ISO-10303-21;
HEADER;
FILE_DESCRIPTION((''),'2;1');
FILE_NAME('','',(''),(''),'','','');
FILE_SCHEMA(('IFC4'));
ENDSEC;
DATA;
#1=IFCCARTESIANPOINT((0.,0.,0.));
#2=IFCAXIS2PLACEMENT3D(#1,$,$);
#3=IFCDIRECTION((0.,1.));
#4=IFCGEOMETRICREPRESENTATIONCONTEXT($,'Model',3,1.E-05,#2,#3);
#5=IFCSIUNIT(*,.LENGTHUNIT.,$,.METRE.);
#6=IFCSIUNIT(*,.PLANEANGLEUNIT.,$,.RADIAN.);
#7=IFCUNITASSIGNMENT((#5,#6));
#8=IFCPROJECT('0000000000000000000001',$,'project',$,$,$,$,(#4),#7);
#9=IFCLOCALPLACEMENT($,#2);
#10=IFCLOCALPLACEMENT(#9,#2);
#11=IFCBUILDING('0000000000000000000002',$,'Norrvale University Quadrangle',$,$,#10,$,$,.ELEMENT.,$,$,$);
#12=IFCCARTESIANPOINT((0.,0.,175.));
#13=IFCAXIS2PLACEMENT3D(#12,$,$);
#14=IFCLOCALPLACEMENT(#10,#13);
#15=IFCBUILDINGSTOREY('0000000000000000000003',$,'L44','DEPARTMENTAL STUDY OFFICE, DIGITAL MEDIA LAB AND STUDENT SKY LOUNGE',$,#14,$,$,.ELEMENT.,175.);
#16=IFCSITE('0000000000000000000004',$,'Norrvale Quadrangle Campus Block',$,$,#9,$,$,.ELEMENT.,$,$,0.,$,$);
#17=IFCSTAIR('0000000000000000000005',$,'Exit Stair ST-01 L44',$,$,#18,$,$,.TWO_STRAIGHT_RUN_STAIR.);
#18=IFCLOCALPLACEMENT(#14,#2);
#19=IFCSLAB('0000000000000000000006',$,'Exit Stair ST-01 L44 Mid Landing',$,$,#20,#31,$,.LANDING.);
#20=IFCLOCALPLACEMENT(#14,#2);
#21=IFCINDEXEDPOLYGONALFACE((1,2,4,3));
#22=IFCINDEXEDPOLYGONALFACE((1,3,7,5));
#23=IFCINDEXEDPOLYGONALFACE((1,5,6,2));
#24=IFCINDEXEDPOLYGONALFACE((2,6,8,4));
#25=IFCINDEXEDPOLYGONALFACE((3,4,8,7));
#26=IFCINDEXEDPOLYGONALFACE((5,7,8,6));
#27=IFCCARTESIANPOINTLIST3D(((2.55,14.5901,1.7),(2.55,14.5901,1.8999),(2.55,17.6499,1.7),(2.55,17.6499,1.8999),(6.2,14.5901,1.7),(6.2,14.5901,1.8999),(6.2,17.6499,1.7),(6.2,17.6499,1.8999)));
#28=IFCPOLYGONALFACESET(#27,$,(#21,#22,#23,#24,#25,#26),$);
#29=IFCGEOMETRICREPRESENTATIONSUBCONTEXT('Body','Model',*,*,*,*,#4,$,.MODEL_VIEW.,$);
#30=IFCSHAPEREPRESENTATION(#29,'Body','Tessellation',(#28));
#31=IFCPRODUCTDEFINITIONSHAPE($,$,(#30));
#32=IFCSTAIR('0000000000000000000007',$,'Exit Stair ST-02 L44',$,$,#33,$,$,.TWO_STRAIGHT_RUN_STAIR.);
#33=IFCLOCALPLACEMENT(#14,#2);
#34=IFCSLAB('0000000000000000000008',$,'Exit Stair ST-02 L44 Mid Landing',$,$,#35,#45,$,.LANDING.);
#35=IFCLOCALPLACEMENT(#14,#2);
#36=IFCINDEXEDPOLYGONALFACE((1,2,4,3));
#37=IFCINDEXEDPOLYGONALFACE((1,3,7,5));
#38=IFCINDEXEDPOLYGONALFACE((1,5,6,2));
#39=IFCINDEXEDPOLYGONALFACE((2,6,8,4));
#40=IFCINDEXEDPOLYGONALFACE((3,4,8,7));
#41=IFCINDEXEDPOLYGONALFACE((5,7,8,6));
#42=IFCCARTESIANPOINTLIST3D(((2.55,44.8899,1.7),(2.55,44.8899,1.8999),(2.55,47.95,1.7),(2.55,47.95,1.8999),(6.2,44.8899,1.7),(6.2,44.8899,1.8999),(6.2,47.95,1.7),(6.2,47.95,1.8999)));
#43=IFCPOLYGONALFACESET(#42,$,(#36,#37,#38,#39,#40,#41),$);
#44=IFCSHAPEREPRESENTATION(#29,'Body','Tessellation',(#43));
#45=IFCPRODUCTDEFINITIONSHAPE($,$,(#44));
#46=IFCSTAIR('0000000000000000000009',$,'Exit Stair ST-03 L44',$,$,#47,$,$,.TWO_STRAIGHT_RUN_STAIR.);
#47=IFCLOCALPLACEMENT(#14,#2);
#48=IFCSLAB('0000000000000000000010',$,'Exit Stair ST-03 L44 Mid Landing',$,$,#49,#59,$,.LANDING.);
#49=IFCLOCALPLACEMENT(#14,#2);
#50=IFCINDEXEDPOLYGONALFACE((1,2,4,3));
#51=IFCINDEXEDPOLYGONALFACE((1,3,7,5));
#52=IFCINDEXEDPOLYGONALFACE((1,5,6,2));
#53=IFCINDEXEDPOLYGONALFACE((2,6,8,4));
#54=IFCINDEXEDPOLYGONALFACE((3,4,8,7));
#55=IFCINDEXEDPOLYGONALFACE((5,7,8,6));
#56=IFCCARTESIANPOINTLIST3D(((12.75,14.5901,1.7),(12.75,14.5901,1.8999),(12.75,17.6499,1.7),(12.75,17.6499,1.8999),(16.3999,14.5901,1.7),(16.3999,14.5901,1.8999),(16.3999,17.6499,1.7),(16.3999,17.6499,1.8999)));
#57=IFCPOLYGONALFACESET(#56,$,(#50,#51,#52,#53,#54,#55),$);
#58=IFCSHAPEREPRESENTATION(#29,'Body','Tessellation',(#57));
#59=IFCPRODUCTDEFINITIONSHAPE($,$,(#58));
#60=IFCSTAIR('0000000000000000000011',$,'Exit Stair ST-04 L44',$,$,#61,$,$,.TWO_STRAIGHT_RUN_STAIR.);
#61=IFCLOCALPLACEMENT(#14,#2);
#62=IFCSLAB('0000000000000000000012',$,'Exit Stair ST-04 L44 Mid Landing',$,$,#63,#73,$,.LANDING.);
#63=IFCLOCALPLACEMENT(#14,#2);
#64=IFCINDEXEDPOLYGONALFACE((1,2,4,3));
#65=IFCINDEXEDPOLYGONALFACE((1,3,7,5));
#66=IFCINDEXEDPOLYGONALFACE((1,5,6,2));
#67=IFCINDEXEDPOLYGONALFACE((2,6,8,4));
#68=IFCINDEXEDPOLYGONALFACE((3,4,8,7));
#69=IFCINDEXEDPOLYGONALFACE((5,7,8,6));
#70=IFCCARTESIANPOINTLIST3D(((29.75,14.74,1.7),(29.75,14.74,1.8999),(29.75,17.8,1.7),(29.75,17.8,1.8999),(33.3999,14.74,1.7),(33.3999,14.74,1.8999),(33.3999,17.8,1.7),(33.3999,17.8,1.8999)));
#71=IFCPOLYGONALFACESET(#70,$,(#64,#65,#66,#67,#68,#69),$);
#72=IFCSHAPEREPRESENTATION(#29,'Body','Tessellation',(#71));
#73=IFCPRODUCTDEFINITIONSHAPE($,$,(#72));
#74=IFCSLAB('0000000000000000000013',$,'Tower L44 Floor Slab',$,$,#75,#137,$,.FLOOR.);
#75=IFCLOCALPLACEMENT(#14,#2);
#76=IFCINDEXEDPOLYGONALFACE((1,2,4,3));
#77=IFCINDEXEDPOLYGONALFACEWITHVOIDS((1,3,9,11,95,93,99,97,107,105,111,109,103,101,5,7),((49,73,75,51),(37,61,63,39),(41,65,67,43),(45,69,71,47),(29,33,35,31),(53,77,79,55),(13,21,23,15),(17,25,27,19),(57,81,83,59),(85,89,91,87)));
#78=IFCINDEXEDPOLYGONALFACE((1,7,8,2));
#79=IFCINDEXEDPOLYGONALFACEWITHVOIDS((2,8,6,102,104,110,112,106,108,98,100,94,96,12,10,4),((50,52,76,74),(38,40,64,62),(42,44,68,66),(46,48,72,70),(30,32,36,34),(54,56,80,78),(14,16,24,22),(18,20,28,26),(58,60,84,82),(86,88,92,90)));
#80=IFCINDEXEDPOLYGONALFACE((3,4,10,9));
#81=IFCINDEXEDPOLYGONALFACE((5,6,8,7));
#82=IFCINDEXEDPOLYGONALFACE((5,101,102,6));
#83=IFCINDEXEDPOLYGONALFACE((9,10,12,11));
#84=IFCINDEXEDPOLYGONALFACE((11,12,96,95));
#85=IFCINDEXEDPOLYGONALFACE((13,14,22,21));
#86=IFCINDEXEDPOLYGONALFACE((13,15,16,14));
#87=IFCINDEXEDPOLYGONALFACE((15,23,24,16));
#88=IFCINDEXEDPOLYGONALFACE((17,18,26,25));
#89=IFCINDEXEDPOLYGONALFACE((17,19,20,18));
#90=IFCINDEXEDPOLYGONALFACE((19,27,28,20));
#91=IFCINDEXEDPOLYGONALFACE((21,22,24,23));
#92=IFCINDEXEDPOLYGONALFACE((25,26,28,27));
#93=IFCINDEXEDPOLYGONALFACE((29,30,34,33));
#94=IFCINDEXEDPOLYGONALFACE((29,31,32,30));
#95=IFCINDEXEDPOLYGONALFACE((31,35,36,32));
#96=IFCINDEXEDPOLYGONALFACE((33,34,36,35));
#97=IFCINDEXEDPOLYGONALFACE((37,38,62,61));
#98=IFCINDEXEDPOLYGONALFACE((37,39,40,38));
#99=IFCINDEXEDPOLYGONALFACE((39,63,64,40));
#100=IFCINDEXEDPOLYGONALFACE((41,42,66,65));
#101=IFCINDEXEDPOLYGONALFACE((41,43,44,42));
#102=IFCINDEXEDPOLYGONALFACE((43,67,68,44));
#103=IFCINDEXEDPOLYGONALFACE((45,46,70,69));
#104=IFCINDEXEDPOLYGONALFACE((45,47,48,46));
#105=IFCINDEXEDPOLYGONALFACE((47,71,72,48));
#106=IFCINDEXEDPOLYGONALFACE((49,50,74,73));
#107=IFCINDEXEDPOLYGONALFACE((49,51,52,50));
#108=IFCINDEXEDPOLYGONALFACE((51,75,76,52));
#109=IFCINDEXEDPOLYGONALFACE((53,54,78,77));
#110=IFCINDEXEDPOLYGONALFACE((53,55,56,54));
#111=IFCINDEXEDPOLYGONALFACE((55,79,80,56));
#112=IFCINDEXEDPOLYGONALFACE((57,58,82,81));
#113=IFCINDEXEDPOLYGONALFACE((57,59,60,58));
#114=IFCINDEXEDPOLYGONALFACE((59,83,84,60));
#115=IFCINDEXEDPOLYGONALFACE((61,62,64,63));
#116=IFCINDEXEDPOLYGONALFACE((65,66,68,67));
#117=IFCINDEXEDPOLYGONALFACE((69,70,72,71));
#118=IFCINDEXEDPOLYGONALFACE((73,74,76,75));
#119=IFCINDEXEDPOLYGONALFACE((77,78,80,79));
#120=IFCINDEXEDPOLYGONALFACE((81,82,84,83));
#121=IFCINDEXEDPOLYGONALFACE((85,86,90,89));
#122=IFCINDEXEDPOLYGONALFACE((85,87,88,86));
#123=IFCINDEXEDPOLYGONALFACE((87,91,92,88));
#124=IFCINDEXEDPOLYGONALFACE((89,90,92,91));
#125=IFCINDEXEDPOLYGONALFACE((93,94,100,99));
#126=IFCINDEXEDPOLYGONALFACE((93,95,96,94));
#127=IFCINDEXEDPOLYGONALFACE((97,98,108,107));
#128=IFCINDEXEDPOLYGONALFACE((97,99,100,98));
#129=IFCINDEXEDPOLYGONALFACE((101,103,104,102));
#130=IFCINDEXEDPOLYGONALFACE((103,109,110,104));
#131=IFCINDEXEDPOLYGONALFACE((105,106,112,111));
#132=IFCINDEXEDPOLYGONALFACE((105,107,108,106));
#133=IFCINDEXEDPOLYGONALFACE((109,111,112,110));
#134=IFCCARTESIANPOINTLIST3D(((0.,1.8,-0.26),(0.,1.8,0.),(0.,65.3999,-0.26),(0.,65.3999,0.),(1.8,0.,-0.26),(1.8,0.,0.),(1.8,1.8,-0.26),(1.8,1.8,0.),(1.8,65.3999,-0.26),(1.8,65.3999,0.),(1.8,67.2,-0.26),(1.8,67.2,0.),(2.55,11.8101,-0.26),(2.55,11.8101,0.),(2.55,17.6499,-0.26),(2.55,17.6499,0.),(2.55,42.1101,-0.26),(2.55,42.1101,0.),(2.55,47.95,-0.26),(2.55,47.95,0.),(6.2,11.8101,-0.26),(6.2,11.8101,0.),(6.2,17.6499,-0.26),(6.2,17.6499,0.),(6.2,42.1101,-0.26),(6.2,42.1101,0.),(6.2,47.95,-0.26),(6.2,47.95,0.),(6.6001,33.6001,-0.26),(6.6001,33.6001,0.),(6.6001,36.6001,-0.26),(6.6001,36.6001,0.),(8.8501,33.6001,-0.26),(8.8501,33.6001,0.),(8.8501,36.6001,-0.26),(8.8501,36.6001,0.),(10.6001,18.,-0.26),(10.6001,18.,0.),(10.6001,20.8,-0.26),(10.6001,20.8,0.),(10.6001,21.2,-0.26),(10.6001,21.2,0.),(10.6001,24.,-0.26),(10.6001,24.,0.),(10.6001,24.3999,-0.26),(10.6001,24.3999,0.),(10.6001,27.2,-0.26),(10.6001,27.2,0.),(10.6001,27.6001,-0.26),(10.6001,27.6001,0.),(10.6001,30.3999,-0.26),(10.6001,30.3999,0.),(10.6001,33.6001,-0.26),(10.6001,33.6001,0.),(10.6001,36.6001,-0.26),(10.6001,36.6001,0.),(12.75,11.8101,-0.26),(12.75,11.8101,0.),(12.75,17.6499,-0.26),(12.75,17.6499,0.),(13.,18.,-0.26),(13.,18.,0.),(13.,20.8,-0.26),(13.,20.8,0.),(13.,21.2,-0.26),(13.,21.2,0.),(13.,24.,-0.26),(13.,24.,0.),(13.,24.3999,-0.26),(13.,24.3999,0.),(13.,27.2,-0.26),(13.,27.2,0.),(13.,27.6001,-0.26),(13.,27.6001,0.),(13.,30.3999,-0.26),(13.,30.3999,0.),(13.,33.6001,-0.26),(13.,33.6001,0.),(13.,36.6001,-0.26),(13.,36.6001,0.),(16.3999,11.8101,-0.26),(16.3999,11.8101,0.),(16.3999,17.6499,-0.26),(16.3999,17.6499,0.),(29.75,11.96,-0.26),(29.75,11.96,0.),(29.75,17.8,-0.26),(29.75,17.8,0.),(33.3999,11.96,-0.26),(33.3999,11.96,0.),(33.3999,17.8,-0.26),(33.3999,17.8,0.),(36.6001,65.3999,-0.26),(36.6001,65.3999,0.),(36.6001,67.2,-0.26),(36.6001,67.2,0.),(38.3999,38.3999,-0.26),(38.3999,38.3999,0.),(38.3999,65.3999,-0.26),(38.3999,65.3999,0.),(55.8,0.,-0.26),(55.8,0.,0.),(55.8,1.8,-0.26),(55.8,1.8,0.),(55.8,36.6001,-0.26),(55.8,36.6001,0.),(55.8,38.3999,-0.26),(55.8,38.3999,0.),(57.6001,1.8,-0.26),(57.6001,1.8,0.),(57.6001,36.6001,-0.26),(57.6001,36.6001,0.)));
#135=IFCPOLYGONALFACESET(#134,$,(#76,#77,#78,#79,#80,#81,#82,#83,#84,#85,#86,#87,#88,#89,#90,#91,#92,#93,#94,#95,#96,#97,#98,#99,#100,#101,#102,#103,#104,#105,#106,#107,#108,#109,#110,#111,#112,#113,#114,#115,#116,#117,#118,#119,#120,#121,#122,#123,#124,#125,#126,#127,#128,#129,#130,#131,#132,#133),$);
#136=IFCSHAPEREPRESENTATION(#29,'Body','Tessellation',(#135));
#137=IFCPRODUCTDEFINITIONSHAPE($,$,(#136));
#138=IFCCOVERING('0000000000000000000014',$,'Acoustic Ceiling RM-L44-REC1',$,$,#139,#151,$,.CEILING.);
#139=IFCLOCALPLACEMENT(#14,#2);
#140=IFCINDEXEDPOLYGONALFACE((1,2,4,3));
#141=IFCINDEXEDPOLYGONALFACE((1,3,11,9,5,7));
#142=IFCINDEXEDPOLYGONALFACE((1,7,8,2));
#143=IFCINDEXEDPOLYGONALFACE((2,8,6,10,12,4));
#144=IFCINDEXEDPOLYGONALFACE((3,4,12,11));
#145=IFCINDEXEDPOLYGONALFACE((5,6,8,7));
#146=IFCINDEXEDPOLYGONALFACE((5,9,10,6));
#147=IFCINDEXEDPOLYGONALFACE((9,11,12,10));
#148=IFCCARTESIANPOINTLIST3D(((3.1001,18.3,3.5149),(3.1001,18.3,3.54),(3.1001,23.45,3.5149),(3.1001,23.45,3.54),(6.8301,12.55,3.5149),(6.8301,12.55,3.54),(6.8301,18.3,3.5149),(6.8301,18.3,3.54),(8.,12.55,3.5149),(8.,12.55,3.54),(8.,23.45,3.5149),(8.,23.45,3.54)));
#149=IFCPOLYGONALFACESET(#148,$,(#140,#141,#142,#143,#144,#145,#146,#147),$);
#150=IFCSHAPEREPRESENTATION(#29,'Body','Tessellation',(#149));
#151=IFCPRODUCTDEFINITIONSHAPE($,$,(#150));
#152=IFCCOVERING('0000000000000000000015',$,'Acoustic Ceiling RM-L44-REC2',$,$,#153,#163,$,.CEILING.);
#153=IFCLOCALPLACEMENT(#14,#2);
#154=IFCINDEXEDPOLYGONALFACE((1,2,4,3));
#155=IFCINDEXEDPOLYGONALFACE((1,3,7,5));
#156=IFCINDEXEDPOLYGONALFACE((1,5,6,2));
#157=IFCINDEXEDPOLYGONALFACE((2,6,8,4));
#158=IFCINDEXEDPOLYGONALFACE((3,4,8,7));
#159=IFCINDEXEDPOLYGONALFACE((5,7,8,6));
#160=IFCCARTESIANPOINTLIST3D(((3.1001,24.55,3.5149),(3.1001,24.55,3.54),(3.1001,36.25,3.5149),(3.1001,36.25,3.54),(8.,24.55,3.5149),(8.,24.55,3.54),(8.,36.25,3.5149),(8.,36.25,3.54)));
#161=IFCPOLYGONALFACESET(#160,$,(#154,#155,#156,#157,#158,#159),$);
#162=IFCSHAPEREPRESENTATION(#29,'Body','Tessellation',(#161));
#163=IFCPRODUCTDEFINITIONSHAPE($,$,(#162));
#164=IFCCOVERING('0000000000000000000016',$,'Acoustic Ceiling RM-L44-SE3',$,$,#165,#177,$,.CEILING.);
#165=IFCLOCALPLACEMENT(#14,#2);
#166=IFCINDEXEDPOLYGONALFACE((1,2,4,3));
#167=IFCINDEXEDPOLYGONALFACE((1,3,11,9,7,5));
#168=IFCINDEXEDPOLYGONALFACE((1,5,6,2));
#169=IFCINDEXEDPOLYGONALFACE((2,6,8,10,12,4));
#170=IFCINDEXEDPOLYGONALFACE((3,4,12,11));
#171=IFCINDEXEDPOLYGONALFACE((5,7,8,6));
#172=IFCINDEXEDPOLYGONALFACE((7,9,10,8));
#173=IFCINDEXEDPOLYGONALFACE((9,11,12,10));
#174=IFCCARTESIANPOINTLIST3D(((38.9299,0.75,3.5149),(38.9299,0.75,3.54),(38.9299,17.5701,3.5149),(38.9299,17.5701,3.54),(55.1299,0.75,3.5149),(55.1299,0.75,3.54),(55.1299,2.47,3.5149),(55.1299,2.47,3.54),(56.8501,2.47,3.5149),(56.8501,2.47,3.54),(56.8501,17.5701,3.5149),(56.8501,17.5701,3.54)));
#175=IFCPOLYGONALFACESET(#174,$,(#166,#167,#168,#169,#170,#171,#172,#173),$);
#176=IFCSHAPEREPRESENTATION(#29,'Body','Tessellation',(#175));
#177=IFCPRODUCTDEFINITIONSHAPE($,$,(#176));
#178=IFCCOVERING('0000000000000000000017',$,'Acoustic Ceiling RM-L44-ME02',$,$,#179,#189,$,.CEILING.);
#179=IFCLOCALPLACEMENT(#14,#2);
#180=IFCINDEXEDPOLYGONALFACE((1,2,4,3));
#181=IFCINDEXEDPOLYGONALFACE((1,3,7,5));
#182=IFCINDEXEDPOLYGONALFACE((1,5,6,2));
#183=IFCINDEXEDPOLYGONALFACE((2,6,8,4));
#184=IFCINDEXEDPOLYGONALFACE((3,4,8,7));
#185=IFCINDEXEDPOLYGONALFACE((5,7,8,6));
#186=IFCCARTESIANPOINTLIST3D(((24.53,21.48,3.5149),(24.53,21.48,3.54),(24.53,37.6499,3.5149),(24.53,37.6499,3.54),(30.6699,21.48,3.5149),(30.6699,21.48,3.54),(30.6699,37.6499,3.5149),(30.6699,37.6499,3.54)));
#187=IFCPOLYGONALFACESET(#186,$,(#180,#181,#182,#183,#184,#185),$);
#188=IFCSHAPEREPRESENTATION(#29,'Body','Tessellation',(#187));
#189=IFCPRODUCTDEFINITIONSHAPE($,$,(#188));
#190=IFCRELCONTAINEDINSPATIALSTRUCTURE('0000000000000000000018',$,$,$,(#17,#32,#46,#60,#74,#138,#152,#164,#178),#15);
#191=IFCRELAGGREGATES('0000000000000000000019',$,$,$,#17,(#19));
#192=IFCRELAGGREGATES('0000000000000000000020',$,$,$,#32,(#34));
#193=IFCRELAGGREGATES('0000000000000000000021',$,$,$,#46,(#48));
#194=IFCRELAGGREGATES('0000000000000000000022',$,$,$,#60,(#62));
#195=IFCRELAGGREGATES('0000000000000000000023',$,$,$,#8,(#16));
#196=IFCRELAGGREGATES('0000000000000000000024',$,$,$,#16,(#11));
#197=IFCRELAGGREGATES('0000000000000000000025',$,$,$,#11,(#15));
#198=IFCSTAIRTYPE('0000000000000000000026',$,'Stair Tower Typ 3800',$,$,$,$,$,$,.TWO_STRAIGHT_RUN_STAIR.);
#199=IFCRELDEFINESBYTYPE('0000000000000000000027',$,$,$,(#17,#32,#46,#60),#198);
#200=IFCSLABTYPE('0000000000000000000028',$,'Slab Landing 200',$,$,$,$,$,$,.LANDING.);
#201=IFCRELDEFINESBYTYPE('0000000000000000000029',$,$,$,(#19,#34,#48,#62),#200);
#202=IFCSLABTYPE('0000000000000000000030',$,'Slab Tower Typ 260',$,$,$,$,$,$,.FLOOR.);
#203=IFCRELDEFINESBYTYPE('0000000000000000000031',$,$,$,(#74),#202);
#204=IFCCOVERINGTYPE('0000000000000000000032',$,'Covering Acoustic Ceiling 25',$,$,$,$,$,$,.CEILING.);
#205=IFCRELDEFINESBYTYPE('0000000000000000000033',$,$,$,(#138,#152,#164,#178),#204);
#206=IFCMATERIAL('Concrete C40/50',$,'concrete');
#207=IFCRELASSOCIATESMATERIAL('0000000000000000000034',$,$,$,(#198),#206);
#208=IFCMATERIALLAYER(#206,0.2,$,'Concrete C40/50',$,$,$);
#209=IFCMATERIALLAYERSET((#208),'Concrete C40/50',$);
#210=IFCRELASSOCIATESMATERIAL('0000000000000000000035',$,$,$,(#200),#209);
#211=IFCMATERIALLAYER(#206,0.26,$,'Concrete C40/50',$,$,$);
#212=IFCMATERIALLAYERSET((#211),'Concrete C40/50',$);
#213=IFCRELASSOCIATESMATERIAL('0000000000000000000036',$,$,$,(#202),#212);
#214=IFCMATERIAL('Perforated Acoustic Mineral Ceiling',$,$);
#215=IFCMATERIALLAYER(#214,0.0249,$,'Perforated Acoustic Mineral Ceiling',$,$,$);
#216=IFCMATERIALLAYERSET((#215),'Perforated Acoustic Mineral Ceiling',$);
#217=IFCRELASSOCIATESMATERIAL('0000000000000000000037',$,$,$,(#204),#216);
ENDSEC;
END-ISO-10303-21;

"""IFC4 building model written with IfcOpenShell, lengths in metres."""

from ifc_helpers import new_model, si_unit, direction, frame, origin, place, context, subcontext, project, spatial, polyline, outline, extrude, material, layer, layer_set, type_object, element, aggregate, save


model = new_model("IFC4")

# Units and contexts
model_context = context("Model", 3, precision=1e-05, world=origin(), true_north=direction((0.0, 1.0)))
body_context = subcontext(model_context, "Body", "Model", "MODEL_VIEW")
ifc_project = project(units=[si_unit("LENGTHUNIT", "METRE"), si_unit("PLANEANGLEUNIT", "RADIAN")], contexts=[model_context])

# Site, building, storey
site_placement = place(None, origin())
site = spatial("IfcSite", under=ifc_project, at=site_placement, Name="Norrvale Quadrangle Campus Block", CompositionType="ELEMENT", RefElevation=0.0)
building_placement = place(site_placement, origin())
building = spatial("IfcBuilding", under=site, at=building_placement, Name="Norrvale University Quadrangle", CompositionType="ELEMENT")
storey_placement = place(building_placement, frame((0.0, 0.0, 175.0)))
storey = spatial("IfcBuildingStorey", under=building, at=storey_placement, Name="L44", Description="DEPARTMENTAL STUDY OFFICE, DIGITAL MEDIA LAB AND STUDENT SKY LOUNGE", CompositionType="ELEMENT", Elevation=175.0)

# Stairs, slabs
ifc_material_1 = material(Name="Concrete C40/50", Category="concrete")
stair_type = type_object("IfcStairType", Name="Stair Tower Typ 3800", PredefinedType="TWO_STRAIGHT_RUN_STAIR", material=ifc_material_1)
stair_1_placement = place(storey_placement, origin())
stair_1 = element("IfcStair", 1, at=stair_1_placement, inside=storey, type_object=stair_type, Name="Exit Stair ST-01 L44", PredefinedType="TWO_STRAIGHT_RUN_STAIR")
ifc_layer_1 = layer(ifc_material_1, 0.2, Name="Concrete C40/50")
ifc_layer_set_1 = layer_set([ifc_layer_1], Name="Concrete C40/50")
slab_type_1 = type_object("IfcSlabType", Name="Slab Landing 200", PredefinedType="LANDING", material=ifc_layer_set_1)
slab_1_placement = place(storey_placement, frame((0.0, 0.0, 1.7)))
slab_1 = element("IfcSlab", 2, at=slab_1_placement, type_object=slab_type_1, Name="Exit Stair ST-01 L44 Mid Landing", PredefinedType="LANDING", context=body_context, shape_type="SweptSolid", body=[
    extrude(outline(polyline([(2.55, 14.5901), (6.2, 14.5901), (6.2, 17.6499), (2.55, 17.6499), (2.55, 14.5901)])), origin(), (0.0, 0.0, 1.0), 0.2),
])
aggregate(stair_1, [slab_1])
stair_2_placement = place(storey_placement, origin())
stair_2 = element("IfcStair", 3, at=stair_2_placement, inside=storey, type_object=stair_type, Name="Exit Stair ST-02 L44", PredefinedType="TWO_STRAIGHT_RUN_STAIR")
slab_2_placement = place(storey_placement, frame((0.0, 0.0, 1.7)))
slab_2 = element("IfcSlab", 4, at=slab_2_placement, type_object=slab_type_1, Name="Exit Stair ST-02 L44 Mid Landing", PredefinedType="LANDING", context=body_context, shape_type="SweptSolid", body=[
    extrude(outline(polyline([(2.55, 44.8899), (6.2, 44.8899), (6.2, 47.95), (2.55, 47.95), (2.55, 44.8899)])), origin(), (0.0, 0.0, 1.0), 0.2),
])
aggregate(stair_2, [slab_2])
stair_3_placement = place(storey_placement, origin())
stair_3 = element("IfcStair", 5, at=stair_3_placement, inside=storey, type_object=stair_type, Name="Exit Stair ST-03 L44", PredefinedType="TWO_STRAIGHT_RUN_STAIR")
slab_3_placement = place(storey_placement, frame((0.0, 0.0, 1.7)))
slab_3 = element("IfcSlab", 6, at=slab_3_placement, type_object=slab_type_1, Name="Exit Stair ST-03 L44 Mid Landing", PredefinedType="LANDING", context=body_context, shape_type="SweptSolid", body=[
    extrude(outline(polyline([(12.75, 14.5901), (16.3999, 14.5901), (16.3999, 17.6499), (12.75, 17.6499), (12.75, 14.5901)])), origin(), (0.0, 0.0, 1.0), 0.2),
])
aggregate(stair_3, [slab_3])
stair_4_placement = place(storey_placement, origin())
stair_4 = element("IfcStair", 7, at=stair_4_placement, inside=storey, type_object=stair_type, Name="Exit Stair ST-04 L44", PredefinedType="TWO_STRAIGHT_RUN_STAIR")
slab_4_placement = place(storey_placement, frame((0.0, 0.0, 1.7)))
slab_4 = element("IfcSlab", 8, at=slab_4_placement, type_object=slab_type_1, Name="Exit Stair ST-04 L44 Mid Landing", PredefinedType="LANDING", context=body_context, shape_type="SweptSolid", body=[
    extrude(outline(polyline([(29.75, 14.74), (33.3999, 14.74), (33.3999, 17.8), (29.75, 17.8), (29.75, 14.74)])), origin(), (0.0, 0.0, 1.0), 0.2),
])
aggregate(stair_4, [slab_4])

# Slab
ifc_layer_2 = layer(ifc_material_1, 0.26, Name="Concrete C40/50")
ifc_layer_set_2 = layer_set([ifc_layer_2], Name="Concrete C40/50")
slab_type_2 = type_object("IfcSlabType", Name="Slab Tower Typ 260", PredefinedType="FLOOR", material=ifc_layer_set_2)
slab_5_placement = place(storey_placement, frame((0.0, 0.0, -0.26)))
element("IfcSlab", 9, at=slab_5_placement, inside=storey, type_object=slab_type_2, Name="Tower L44 Floor Slab", PredefinedType="FLOOR", context=body_context, shape_type="SweptSolid", body=[
    extrude(outline(polyline([(1.8, 0.0), (55.8, 0.0), (55.8, 1.8), (57.6001, 1.8), (57.6001, 36.6001), (55.8, 36.6001), (55.8, 38.3999), (38.3999, 38.3999), (38.3999, 65.3999), (36.6001, 65.3999), (36.6001, 67.2), (1.8, 67.2), (1.8, 65.3999), (0.0, 65.3999), (0.0, 1.8), (1.8, 1.8), (1.8, 0.0)]), holes=[polyline([(2.55, 11.8101), (6.2, 11.8101), (6.2, 17.6499), (2.55, 17.6499), (2.55, 11.8101)]), polyline([(2.55, 42.1101), (6.2, 42.1101), (6.2, 47.95), (2.55, 47.95), (2.55, 42.1101)]), polyline([(12.75, 11.8101), (16.3999, 11.8101), (16.3999, 17.6499), (12.75, 17.6499), (12.75, 11.8101)]), polyline([(29.75, 11.96), (33.3999, 11.96), (33.3999, 17.8), (29.75, 17.8), (29.75, 11.96)]), polyline([(10.6001, 18.0), (13.0, 18.0), (13.0, 20.8), (10.6001, 20.8), (10.6001, 18.0)]), polyline([(10.6001, 21.2), (13.0, 21.2), (13.0, 24.0), (10.6001, 24.0), (10.6001, 21.2)]), polyline([(10.6001, 24.3999), (13.0, 24.3999), (13.0, 27.2), (10.6001, 27.2), (10.6001, 24.3999)]), polyline([(10.6001, 27.6001), (13.0, 27.6001), (13.0, 30.3999), (10.6001, 30.3999), (10.6001, 27.6001)]), polyline([(6.6001, 33.6001), (8.8501, 33.6001), (8.8501, 36.6001), (6.6001, 36.6001), (6.6001, 33.6001)]), polyline([(10.6001, 33.6001), (13.0, 33.6001), (13.0, 36.6001), (10.6001, 36.6001), (10.6001, 33.6001)])]), origin(), (0.0, 0.0, 1.0), 0.26),
])

# Coverings
ifc_material_2 = material(Name="Perforated Acoustic Mineral Ceiling")
ifc_layer_3 = layer(ifc_material_2, 0.0249, Name="Perforated Acoustic Mineral Ceiling")
ifc_layer_set_3 = layer_set([ifc_layer_3], Name="Perforated Acoustic Mineral Ceiling")
covering_type_1 = type_object("IfcCoveringType", Name="Covering Acoustic Ceiling 25", PredefinedType="CEILING", material=ifc_layer_set_3)
covering_1_placement = place(storey_placement, frame((0.0, 0.0, 3.5149)))
element("IfcCovering", 10, at=covering_1_placement, inside=storey, type_object=covering_type_1, Name="Acoustic Ceiling RM-L44-REC1", PredefinedType="CEILING", context=body_context, shape_type="SweptSolid", body=[
    extrude(outline(polyline([(3.1001, 18.3), (3.1001, 23.45), (8.0, 23.45), (8.0, 12.55), (6.8301, 12.55), (6.8301, 18.3), (3.1001, 18.3)])), origin(), (0.0, 0.0, 1.0), 0.0251),
])
covering_2_placement = place(storey_placement, frame((0.0, 0.0, 3.5149)))
element("IfcCovering", 11, at=covering_2_placement, inside=storey, type_object=covering_type_1, Name="Acoustic Ceiling RM-L44-REC2", PredefinedType="CEILING", context=body_context, shape_type="SweptSolid", body=[
    extrude(outline(polyline([(3.1001, 24.55), (3.1001, 36.25), (8.0, 36.25), (8.0, 24.55), (3.1001, 24.55)])), origin(), (0.0, 0.0, 1.0), 0.0251),
])
covering_3_placement = place(storey_placement, frame((0.0, 0.0, 3.5149)))
element("IfcCovering", 12, at=covering_3_placement, inside=storey, type_object=covering_type_1, Name="Acoustic Ceiling RM-L44-SE3", PredefinedType="CEILING", context=body_context, shape_type="SweptSolid", body=[
    extrude(outline(polyline([(38.9299, 0.75), (38.9299, 17.5701), (56.8501, 17.5701), (56.8501, 2.47), (55.1299, 2.47), (55.1299, 0.75), (38.9299, 0.75)])), origin(), (0.0, 0.0, 1.0), 0.0251),
])
covering_4_placement = place(storey_placement, frame((0.0, 0.0, 3.5149)))
element("IfcCovering", 13, at=covering_4_placement, inside=storey, type_object=covering_type_1, Name="Acoustic Ceiling RM-L44-ME02", PredefinedType="CEILING", context=body_context, shape_type="SweptSolid", body=[
    extrude(outline(polyline([(24.53, 37.6499), (30.6699, 37.6499), (30.6699, 21.48), (24.53, 21.48), (24.53, 37.6499)])), origin(), (0.0, 0.0, 1.0), 0.0251),
])

save(model, "model.ifc")
